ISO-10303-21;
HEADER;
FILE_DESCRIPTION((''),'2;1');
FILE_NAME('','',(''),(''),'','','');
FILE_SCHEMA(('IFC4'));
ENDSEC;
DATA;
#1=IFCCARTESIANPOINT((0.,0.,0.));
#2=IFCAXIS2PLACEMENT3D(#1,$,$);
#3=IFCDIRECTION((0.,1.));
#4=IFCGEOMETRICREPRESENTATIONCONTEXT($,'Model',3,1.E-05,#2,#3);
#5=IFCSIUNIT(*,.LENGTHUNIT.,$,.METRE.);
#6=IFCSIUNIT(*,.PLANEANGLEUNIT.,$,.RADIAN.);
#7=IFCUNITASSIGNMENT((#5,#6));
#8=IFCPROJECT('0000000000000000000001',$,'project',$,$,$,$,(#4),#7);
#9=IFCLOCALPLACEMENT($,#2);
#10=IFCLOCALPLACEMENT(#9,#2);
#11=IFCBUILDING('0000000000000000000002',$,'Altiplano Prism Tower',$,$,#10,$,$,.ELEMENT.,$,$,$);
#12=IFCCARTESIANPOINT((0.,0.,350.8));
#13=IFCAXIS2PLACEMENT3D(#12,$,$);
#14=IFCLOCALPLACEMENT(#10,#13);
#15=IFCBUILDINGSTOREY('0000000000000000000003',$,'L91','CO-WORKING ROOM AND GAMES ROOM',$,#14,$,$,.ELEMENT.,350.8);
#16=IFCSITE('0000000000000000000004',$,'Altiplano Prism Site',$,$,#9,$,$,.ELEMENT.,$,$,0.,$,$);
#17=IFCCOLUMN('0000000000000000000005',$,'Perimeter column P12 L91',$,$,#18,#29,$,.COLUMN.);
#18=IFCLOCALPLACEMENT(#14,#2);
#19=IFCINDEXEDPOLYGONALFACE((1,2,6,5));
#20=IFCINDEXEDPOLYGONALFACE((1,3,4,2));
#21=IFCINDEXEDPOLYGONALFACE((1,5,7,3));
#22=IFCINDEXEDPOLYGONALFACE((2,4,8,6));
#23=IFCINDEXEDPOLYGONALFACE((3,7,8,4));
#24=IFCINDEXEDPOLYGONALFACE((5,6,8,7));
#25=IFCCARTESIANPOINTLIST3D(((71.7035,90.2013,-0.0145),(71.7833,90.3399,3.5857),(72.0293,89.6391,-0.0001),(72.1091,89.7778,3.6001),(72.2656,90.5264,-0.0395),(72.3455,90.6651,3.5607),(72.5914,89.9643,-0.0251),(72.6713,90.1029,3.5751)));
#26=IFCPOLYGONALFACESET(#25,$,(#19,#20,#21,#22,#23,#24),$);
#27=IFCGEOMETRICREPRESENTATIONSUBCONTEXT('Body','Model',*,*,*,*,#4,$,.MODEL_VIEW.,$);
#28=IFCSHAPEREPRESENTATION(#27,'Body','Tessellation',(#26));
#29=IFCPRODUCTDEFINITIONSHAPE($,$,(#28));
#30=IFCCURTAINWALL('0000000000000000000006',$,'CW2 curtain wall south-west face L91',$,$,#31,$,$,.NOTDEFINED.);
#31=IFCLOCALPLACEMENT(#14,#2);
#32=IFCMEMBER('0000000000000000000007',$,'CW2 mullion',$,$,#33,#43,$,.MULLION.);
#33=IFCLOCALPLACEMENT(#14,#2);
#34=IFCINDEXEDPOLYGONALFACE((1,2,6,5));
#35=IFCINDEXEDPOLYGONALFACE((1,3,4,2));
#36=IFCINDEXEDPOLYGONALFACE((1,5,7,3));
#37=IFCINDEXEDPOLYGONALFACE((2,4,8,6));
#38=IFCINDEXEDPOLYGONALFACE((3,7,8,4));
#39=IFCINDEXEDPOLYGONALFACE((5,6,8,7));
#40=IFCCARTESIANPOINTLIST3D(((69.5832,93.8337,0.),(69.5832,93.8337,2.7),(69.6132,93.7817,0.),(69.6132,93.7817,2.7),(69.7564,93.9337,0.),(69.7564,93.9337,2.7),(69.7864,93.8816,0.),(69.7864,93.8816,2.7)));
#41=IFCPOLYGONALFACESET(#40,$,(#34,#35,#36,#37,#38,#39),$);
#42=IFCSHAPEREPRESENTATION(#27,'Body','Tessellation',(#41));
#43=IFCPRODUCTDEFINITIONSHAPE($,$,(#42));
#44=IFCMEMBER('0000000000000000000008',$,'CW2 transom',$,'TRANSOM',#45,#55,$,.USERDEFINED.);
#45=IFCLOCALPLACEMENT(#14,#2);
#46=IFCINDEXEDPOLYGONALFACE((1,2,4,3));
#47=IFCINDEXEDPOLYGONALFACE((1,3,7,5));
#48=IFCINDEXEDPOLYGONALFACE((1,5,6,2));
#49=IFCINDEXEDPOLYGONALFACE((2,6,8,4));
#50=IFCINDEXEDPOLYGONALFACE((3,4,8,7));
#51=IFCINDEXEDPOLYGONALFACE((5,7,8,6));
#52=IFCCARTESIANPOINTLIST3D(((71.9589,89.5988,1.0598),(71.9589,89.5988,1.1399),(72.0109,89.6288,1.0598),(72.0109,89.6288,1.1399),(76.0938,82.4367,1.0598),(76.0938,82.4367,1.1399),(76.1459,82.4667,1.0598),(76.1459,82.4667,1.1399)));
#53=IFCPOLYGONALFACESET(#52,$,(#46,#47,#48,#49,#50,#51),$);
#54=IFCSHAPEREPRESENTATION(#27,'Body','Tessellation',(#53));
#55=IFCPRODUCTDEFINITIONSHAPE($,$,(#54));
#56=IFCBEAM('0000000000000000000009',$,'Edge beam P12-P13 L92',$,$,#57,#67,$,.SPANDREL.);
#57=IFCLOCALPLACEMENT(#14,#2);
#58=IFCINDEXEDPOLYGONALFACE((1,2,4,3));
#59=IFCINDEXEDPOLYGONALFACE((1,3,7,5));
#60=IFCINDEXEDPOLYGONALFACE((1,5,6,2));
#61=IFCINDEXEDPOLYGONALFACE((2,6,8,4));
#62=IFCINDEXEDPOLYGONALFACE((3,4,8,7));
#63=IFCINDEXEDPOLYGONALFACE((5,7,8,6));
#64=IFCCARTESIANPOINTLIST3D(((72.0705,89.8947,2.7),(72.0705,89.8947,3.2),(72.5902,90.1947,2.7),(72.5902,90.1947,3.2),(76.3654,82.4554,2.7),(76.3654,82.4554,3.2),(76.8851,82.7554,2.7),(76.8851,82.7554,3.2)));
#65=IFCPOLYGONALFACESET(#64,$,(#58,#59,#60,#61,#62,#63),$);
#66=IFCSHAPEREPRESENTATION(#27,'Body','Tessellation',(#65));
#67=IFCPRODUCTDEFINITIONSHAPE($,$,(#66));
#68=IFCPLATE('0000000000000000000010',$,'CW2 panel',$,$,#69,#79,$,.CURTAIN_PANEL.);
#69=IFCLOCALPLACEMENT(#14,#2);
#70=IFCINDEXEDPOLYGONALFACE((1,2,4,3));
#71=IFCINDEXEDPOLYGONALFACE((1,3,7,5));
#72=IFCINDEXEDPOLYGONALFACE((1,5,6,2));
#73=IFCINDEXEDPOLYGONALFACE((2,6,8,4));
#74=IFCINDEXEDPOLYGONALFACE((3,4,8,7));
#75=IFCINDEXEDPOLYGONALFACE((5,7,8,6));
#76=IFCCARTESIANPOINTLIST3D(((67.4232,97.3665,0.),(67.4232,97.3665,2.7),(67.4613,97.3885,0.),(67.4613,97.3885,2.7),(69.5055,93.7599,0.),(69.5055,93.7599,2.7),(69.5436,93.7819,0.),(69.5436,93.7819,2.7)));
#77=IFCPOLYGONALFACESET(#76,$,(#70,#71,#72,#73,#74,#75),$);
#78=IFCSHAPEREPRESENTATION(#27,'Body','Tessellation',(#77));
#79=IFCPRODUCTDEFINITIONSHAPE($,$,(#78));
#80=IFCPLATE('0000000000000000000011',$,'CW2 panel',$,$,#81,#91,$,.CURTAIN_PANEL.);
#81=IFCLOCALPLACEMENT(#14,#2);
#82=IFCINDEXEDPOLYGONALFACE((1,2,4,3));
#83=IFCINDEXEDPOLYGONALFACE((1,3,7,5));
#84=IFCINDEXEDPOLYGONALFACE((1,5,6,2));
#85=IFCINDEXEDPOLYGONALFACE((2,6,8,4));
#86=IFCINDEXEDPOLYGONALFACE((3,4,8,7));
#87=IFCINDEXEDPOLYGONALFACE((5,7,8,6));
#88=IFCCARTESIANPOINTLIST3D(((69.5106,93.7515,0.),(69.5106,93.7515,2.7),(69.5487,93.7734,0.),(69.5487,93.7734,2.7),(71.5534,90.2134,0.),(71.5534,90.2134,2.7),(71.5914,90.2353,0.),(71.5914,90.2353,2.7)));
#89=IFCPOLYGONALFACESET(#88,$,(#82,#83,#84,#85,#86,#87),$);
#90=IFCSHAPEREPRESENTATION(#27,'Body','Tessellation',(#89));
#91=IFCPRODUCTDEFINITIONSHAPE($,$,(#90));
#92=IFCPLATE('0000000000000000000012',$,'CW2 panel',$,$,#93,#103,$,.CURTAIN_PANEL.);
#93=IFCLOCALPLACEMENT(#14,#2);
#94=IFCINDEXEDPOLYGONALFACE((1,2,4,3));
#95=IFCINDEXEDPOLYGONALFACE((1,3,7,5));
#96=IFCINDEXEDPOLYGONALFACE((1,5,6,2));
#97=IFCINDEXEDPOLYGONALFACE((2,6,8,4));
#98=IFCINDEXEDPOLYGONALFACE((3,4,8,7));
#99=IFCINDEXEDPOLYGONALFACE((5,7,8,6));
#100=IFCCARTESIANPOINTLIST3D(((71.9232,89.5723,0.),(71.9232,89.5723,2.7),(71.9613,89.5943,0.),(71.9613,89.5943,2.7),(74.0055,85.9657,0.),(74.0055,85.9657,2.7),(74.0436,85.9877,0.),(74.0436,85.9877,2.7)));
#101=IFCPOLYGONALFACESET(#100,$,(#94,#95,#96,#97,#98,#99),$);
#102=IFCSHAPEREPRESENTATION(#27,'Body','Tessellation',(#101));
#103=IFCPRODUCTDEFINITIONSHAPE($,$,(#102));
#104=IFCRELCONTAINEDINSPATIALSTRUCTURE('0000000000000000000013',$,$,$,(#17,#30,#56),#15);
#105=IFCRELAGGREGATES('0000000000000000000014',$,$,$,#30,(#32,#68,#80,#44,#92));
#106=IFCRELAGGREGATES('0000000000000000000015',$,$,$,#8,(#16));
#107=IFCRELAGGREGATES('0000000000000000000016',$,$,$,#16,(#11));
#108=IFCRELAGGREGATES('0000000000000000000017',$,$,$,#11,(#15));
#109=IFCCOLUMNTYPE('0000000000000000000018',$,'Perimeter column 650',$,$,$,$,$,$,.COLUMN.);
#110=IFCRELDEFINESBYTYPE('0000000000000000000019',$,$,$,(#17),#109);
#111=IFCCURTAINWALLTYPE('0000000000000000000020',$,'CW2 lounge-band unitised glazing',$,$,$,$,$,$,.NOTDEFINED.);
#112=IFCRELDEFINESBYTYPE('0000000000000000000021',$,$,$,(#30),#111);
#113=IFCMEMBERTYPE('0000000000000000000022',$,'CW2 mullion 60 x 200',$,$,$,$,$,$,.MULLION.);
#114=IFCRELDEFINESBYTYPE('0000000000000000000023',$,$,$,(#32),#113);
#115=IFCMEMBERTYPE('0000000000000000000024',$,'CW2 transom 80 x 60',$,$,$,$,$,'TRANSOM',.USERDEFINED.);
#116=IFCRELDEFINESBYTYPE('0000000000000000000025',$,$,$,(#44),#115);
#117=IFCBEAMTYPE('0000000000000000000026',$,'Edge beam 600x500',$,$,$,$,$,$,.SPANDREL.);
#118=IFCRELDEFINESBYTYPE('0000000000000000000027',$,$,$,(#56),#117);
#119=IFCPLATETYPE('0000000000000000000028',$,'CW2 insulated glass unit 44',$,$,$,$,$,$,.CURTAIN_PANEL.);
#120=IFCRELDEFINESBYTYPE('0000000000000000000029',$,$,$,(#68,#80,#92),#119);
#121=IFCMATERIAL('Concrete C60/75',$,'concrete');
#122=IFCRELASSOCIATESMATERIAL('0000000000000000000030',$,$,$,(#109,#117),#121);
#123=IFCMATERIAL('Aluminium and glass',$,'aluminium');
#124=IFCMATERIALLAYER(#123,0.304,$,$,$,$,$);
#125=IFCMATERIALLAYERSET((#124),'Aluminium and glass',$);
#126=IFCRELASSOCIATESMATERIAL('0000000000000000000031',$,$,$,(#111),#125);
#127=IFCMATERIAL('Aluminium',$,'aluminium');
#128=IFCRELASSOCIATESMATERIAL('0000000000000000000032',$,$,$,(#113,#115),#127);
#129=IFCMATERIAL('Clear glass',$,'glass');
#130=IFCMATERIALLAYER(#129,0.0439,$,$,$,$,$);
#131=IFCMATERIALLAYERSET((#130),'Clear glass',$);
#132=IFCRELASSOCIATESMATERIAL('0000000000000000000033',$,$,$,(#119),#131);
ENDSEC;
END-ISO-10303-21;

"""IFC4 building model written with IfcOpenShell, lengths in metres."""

from ifc_helpers import new_model, si_unit, direction, frame, origin, origin_2d, place, context, subcontext, project, spatial, rectangle, extrude, material, layer, layer_set, material_profile, profile_set, type_object, element, aggregate, save


model = new_model("IFC4")

# Units and contexts
model_context = context("Model", 3, precision=1e-05, world=origin(), true_north=direction((0.0, 1.0)))
body_context = subcontext(model_context, "Body", "Model", "MODEL_VIEW")
ifc_project = project(units=[si_unit("LENGTHUNIT", "METRE"), si_unit("PLANEANGLEUNIT", "RADIAN")], contexts=[model_context])

# Site, building, storey
site_placement = place(None, origin())
site = spatial("IfcSite", under=ifc_project, at=site_placement, Name="Altiplano Prism Site", CompositionType="ELEMENT", RefElevation=0.0)
building_placement = place(site_placement, origin())
building = spatial("IfcBuilding", under=site, at=building_placement, Name="Altiplano Prism Tower", CompositionType="ELEMENT")
storey_placement = place(building_placement, frame((0.0, 0.0, 350.8)))
storey = spatial("IfcBuildingStorey", under=building, at=storey_placement, Name="L91", Description="CO-WORKING ROOM AND GAMES ROOM", CompositionType="ELEMENT", Elevation=350.8)

# Column
ifc_material_1 = material(Name="Concrete C60/75", Category="concrete")
ifc_material_profile_1 = material_profile(ifc_material_1, rectangle(XDim=0.6499, YDim=0.6499, at=origin_2d()), Name="Perimeter column 650")
ifc_profile_set_1 = profile_set([ifc_material_profile_1], Name="Concrete C60/75")
column_type = type_object("IfcColumnType", Name="Perimeter column 650", PredefinedType="COLUMN", material=ifc_profile_set_1)
column_placement = place(storey_placement, frame((72.1475, 90.0828, -0.0198), z_axis=(0.022154, 0.038481, 0.999014), x_axis=(-0.864982, -0.500327, 0.038453)))
element("IfcColumn", 1, at=column_placement, inside=storey, type_object=column_type, Name="Perimeter column P12 L91", PredefinedType="COLUMN", context=body_context, shape_type="SweptSolid", body=[
    extrude(rectangle(XDim=0.6499, YDim=0.6499, at=origin_2d()), origin(), (0.0, 0.0, 1.0), 3.6038),
])

# Curtain wall, members
ifc_material_2 = material(Name="Aluminium and glass", Category="aluminium")
ifc_layer_1 = layer(ifc_material_2, 0.304)
ifc_layer_set_1 = layer_set([ifc_layer_1], Name="Aluminium and glass")
curtain_wall_type = type_object("IfcCurtainWallType", Name="CW2 lounge-band unitised glazing", PredefinedType="NOTDEFINED", material=ifc_layer_set_1)
curtain_wall_placement = place(storey_placement, origin())
curtain_wall = element("IfcCurtainWall", 2, at=curtain_wall_placement, inside=storey, type_object=curtain_wall_type, Name="CW2 curtain wall south-west face L91", PredefinedType="NOTDEFINED")
ifc_material_3 = material(Name="Aluminium", Category="aluminium")
ifc_material_profile_2 = material_profile(ifc_material_3, rectangle(XDim=0.2, YDim=0.0601, at=origin_2d()), Name="CW2 mullion 60 x 200")
ifc_profile_set_2 = profile_set([ifc_material_profile_2], Name="Aluminium")
member_type_1 = type_object("IfcMemberType", Name="CW2 mullion 60 x 200", PredefinedType="MULLION", material=ifc_profile_set_2)
member_1_placement = place(storey_placement, frame((69.6848, 93.8577, 0.0), z_axis=(0.0, 0.0, 1.0), x_axis=(0.866025, 0.5, 0.0)))
member_1 = element("IfcMember", 3, at=member_1_placement, type_object=member_type_1, Name="CW2 mullion", PredefinedType="MULLION", context=body_context, shape_type="SweptSolid", body=[
    extrude(rectangle(XDim=0.2, YDim=0.0601, at=origin_2d()), origin(), (0.0, 0.0, 1.0), 2.7),
])
ifc_material_profile_3 = material_profile(ifc_material_3, rectangle(XDim=0.0601, YDim=0.0801, at=origin_2d()), Name="CW2 transom 80 x 60")
ifc_profile_set_3 = profile_set([ifc_material_profile_3], Name="Aluminium")
member_type_2 = type_object("IfcMemberType", Name="CW2 transom 80 x 60", ElementType="TRANSOM", PredefinedType="USERDEFINED", material=ifc_profile_set_3)
member_2_placement = place(storey_placement, frame((71.9849, 89.6138, 1.0999), z_axis=(0.499997, -0.866027, 0.0), x_axis=(0.866027, 0.499997, 0.0)))
member_2 = element("IfcMember", 4, at=member_2_placement, type_object=member_type_2, Name="CW2 transom", ObjectType="TRANSOM", PredefinedType="USERDEFINED", context=body_context, shape_type="SweptSolid", body=[
    extrude(rectangle(XDim=0.0601, YDim=0.0801, at=origin_2d()), origin(), (0.0, 0.0, 1.0), 8.27),
])

# Beam
ifc_material_profile_4 = material_profile(ifc_material_1, rectangle(XDim=0.6001, YDim=0.5, at=origin_2d()), Name="Edge beam 600x500")
ifc_profile_set_4 = profile_set([ifc_material_profile_4], Name="Concrete C60/75")
beam_type = type_object("IfcBeamType", Name="Edge beam 600x500", PredefinedType="SPANDREL", material=ifc_profile_set_4)
beam_placement = place(storey_placement, frame((72.3303, 90.0447, 2.95), z_axis=(0.499991, -0.866031, 0.0), x_axis=(0.866031, 0.499991, 0.0)))
element("IfcBeam", 5, at=beam_placement, inside=storey, type_object=beam_type, Name="Edge beam P12-P13 L92", PredefinedType="SPANDREL", context=body_context, shape_type="SweptSolid", body=[
    extrude(rectangle(XDim=0.6001, YDim=0.5, at=origin_2d()), origin(), (0.0, 0.0, 1.0), 8.5901),
])

# Plates
ifc_material_4 = material(Name="Clear glass", Category="glass")
ifc_layer_2 = layer(ifc_material_4, 0.0439)
ifc_layer_set_2 = layer_set([ifc_layer_2], Name="Clear glass")
plate_type = type_object("IfcPlateType", Name="CW2 insulated glass unit 44", PredefinedType="CURTAIN_PANEL", material=ifc_layer_set_2)
plate_1_placement = place(storey_placement, frame((68.4834, 95.5742, 0.0), z_axis=(0.0, 0.0, 1.0), x_axis=(0.5, -0.866025, 0.0)))
plate_1 = element("IfcPlate", 6, at=plate_1_placement, type_object=plate_type, Name="CW2 panel", PredefinedType="CURTAIN_PANEL", context=body_context, shape_type="SweptSolid", body=[
    extrude(rectangle(XDim=4.1646, YDim=0.0439, at=origin_2d()), origin(), (0.0, 0.0, 1.0), 2.7),
])
plate_2_placement = place(storey_placement, frame((70.551, 91.9934, 0.0), z_axis=(0.0, 0.0, 1.0), x_axis=(0.5, -0.866025, 0.0)))
plate_2 = element("IfcPlate", 7, at=plate_2_placement, type_object=plate_type, Name="CW2 panel", PredefinedType="CURTAIN_PANEL", context=body_context, shape_type="SweptSolid", body=[
    extrude(rectangle(XDim=4.0854, YDim=0.0439, at=origin_2d()), origin(), (0.0, 0.0, 1.0), 2.7),
])
plate_3_placement = place(storey_placement, frame((72.9834, 87.78, 0.0), z_axis=(0.0, 0.0, 1.0), x_axis=(0.5, -0.866025, 0.0)))
plate_3 = element("IfcPlate", 8, at=plate_3_placement, type_object=plate_type, Name="CW2 panel", PredefinedType="CURTAIN_PANEL", context=body_context, shape_type="SweptSolid", body=[
    extrude(rectangle(XDim=4.1646, YDim=0.0439, at=origin_2d()), origin(), (0.0, 0.0, 1.0), 2.7),
])
aggregate(curtain_wall, [member_1, plate_1, plate_2, member_2, plate_3])

save(model, "model.ifc")
